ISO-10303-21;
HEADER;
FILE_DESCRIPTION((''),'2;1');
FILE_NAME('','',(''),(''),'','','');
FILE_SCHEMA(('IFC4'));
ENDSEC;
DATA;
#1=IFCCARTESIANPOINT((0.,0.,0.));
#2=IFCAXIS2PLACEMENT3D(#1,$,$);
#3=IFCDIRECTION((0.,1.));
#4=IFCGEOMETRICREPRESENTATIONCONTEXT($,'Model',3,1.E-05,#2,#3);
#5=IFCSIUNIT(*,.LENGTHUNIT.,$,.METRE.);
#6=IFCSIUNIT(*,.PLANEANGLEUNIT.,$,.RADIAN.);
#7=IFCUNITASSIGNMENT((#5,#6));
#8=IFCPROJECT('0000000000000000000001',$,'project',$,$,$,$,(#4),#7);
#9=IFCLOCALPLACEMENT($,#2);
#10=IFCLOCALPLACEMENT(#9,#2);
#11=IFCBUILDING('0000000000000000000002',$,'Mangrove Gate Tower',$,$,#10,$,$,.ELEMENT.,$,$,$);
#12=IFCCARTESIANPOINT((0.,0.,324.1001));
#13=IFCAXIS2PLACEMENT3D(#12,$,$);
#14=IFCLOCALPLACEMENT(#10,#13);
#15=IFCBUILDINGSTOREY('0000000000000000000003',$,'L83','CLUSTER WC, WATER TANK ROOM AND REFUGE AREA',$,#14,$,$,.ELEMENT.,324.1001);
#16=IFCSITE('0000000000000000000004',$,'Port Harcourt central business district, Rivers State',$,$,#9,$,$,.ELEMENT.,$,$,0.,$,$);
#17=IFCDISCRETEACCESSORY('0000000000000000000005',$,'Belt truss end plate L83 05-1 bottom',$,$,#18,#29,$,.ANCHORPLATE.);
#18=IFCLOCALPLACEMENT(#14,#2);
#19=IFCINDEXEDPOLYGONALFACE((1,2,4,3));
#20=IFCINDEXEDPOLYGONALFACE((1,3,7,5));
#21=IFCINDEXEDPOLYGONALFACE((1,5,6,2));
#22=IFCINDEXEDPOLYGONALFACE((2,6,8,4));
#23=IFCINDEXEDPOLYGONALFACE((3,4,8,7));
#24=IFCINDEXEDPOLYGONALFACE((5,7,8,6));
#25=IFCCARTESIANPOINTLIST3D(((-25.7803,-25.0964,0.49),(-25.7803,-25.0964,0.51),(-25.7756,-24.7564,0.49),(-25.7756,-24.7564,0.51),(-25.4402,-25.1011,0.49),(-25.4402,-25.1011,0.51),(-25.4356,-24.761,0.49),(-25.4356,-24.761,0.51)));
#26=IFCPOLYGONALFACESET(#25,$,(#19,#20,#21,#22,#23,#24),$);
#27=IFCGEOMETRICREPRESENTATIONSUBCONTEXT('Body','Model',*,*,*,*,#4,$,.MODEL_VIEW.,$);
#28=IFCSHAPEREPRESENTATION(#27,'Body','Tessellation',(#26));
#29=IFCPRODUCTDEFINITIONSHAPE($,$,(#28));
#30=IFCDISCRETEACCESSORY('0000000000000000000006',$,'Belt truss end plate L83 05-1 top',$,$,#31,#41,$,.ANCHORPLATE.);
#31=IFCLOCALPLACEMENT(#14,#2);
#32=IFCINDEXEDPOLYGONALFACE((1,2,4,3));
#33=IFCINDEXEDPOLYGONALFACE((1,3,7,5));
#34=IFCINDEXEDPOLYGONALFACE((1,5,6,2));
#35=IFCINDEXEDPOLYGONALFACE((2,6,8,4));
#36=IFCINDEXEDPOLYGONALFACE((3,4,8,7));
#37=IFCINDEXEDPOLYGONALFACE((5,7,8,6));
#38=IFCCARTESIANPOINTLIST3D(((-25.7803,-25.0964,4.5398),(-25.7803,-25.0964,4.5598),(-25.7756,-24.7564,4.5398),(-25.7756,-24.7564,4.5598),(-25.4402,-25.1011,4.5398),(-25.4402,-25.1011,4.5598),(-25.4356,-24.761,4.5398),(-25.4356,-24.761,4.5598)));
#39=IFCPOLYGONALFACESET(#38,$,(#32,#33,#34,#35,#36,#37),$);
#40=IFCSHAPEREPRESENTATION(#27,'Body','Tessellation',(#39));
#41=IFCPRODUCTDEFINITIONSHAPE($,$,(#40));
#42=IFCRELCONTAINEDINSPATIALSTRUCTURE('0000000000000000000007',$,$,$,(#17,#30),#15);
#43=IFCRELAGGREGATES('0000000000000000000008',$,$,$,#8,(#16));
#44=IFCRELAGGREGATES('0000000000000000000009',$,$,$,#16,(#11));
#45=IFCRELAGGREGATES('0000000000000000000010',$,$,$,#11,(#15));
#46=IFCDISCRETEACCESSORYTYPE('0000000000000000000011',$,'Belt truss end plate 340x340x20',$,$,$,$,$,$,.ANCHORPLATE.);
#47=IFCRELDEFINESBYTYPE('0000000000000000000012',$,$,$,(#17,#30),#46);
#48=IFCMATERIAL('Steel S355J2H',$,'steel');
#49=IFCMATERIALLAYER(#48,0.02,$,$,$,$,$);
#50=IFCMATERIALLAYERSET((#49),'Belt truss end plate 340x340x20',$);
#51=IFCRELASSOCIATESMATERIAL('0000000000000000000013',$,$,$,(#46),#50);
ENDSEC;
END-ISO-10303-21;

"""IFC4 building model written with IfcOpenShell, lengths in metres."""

from ifc_helpers import new_model, si_unit, direction, frame, origin, origin_2d, place, context, subcontext, project, spatial, rectangle, extrude, material, layer, layer_set, type_object, element, save


model = new_model("IFC4")

# Units and contexts
model_context = context("Model", 3, precision=1e-05, world=origin(), true_north=direction((0.0, 1.0)))
body_context = subcontext(model_context, "Body", "Model", "MODEL_VIEW")
ifc_project = project(units=[si_unit("LENGTHUNIT", "METRE"), si_unit("PLANEANGLEUNIT", "RADIAN")], contexts=[model_context])

# Site, building, storey
site_placement = place(None, origin())
site = spatial("IfcSite", under=ifc_project, at=site_placement, Name="Port Harcourt central business district, Rivers State", CompositionType="ELEMENT", RefElevation=0.0)
building_placement = place(site_placement, origin())
building = spatial("IfcBuilding", under=site, at=building_placement, Name="Mangrove Gate Tower", CompositionType="ELEMENT")
storey_placement = place(building_placement, frame((0.0, 0.0, 324.1001)))
storey = spatial("IfcBuildingStorey", under=building, at=storey_placement, Name="L83", Description="CLUSTER WC, WATER TANK ROOM AND REFUGE AREA", CompositionType="ELEMENT", Elevation=324.1001)

# Discrete accessories
ifc_material_1 = material(Name="Steel S355J2H", Category="steel")
ifc_layer_1 = layer(ifc_material_1, 0.02)
ifc_layer_set_1 = layer_set([ifc_layer_1], Name="Belt truss end plate 340x340x20")
discrete_accessory_type = type_object("IfcDiscreteAccessoryType", Name="Belt truss end plate 340x340x20", PredefinedType="ANCHORPLATE", material=ifc_layer_set_1)
for number, where, z_axis, x_axis, name in (
    (1, (-25.6079, -24.9287, 0.49), (0.0, 0.0, 1.0), (0.999907, -0.013639, 0.0), "Belt truss end plate L83 05-1 bottom"),
    (2, (-25.6079, -24.9287, 4.5398), (0.0, 0.0, 1.0), (0.999907, -0.013639, 0.0), "Belt truss end plate L83 05-1 top"),
):
    element("IfcDiscreteAccessory", number, at=place(storey_placement, frame(where, z_axis=z_axis, x_axis=x_axis)), inside=storey, type_object=discrete_accessory_type, Name=name, PredefinedType="ANCHORPLATE", context=body_context, shape_type="SweptSolid", body=[
        extrude(rectangle(XDim=0.3401, YDim=0.3401, at=origin_2d()), origin(), (0.0, 0.0, 1.0), 0.02),
    ])

save(model, "model.ifc")
